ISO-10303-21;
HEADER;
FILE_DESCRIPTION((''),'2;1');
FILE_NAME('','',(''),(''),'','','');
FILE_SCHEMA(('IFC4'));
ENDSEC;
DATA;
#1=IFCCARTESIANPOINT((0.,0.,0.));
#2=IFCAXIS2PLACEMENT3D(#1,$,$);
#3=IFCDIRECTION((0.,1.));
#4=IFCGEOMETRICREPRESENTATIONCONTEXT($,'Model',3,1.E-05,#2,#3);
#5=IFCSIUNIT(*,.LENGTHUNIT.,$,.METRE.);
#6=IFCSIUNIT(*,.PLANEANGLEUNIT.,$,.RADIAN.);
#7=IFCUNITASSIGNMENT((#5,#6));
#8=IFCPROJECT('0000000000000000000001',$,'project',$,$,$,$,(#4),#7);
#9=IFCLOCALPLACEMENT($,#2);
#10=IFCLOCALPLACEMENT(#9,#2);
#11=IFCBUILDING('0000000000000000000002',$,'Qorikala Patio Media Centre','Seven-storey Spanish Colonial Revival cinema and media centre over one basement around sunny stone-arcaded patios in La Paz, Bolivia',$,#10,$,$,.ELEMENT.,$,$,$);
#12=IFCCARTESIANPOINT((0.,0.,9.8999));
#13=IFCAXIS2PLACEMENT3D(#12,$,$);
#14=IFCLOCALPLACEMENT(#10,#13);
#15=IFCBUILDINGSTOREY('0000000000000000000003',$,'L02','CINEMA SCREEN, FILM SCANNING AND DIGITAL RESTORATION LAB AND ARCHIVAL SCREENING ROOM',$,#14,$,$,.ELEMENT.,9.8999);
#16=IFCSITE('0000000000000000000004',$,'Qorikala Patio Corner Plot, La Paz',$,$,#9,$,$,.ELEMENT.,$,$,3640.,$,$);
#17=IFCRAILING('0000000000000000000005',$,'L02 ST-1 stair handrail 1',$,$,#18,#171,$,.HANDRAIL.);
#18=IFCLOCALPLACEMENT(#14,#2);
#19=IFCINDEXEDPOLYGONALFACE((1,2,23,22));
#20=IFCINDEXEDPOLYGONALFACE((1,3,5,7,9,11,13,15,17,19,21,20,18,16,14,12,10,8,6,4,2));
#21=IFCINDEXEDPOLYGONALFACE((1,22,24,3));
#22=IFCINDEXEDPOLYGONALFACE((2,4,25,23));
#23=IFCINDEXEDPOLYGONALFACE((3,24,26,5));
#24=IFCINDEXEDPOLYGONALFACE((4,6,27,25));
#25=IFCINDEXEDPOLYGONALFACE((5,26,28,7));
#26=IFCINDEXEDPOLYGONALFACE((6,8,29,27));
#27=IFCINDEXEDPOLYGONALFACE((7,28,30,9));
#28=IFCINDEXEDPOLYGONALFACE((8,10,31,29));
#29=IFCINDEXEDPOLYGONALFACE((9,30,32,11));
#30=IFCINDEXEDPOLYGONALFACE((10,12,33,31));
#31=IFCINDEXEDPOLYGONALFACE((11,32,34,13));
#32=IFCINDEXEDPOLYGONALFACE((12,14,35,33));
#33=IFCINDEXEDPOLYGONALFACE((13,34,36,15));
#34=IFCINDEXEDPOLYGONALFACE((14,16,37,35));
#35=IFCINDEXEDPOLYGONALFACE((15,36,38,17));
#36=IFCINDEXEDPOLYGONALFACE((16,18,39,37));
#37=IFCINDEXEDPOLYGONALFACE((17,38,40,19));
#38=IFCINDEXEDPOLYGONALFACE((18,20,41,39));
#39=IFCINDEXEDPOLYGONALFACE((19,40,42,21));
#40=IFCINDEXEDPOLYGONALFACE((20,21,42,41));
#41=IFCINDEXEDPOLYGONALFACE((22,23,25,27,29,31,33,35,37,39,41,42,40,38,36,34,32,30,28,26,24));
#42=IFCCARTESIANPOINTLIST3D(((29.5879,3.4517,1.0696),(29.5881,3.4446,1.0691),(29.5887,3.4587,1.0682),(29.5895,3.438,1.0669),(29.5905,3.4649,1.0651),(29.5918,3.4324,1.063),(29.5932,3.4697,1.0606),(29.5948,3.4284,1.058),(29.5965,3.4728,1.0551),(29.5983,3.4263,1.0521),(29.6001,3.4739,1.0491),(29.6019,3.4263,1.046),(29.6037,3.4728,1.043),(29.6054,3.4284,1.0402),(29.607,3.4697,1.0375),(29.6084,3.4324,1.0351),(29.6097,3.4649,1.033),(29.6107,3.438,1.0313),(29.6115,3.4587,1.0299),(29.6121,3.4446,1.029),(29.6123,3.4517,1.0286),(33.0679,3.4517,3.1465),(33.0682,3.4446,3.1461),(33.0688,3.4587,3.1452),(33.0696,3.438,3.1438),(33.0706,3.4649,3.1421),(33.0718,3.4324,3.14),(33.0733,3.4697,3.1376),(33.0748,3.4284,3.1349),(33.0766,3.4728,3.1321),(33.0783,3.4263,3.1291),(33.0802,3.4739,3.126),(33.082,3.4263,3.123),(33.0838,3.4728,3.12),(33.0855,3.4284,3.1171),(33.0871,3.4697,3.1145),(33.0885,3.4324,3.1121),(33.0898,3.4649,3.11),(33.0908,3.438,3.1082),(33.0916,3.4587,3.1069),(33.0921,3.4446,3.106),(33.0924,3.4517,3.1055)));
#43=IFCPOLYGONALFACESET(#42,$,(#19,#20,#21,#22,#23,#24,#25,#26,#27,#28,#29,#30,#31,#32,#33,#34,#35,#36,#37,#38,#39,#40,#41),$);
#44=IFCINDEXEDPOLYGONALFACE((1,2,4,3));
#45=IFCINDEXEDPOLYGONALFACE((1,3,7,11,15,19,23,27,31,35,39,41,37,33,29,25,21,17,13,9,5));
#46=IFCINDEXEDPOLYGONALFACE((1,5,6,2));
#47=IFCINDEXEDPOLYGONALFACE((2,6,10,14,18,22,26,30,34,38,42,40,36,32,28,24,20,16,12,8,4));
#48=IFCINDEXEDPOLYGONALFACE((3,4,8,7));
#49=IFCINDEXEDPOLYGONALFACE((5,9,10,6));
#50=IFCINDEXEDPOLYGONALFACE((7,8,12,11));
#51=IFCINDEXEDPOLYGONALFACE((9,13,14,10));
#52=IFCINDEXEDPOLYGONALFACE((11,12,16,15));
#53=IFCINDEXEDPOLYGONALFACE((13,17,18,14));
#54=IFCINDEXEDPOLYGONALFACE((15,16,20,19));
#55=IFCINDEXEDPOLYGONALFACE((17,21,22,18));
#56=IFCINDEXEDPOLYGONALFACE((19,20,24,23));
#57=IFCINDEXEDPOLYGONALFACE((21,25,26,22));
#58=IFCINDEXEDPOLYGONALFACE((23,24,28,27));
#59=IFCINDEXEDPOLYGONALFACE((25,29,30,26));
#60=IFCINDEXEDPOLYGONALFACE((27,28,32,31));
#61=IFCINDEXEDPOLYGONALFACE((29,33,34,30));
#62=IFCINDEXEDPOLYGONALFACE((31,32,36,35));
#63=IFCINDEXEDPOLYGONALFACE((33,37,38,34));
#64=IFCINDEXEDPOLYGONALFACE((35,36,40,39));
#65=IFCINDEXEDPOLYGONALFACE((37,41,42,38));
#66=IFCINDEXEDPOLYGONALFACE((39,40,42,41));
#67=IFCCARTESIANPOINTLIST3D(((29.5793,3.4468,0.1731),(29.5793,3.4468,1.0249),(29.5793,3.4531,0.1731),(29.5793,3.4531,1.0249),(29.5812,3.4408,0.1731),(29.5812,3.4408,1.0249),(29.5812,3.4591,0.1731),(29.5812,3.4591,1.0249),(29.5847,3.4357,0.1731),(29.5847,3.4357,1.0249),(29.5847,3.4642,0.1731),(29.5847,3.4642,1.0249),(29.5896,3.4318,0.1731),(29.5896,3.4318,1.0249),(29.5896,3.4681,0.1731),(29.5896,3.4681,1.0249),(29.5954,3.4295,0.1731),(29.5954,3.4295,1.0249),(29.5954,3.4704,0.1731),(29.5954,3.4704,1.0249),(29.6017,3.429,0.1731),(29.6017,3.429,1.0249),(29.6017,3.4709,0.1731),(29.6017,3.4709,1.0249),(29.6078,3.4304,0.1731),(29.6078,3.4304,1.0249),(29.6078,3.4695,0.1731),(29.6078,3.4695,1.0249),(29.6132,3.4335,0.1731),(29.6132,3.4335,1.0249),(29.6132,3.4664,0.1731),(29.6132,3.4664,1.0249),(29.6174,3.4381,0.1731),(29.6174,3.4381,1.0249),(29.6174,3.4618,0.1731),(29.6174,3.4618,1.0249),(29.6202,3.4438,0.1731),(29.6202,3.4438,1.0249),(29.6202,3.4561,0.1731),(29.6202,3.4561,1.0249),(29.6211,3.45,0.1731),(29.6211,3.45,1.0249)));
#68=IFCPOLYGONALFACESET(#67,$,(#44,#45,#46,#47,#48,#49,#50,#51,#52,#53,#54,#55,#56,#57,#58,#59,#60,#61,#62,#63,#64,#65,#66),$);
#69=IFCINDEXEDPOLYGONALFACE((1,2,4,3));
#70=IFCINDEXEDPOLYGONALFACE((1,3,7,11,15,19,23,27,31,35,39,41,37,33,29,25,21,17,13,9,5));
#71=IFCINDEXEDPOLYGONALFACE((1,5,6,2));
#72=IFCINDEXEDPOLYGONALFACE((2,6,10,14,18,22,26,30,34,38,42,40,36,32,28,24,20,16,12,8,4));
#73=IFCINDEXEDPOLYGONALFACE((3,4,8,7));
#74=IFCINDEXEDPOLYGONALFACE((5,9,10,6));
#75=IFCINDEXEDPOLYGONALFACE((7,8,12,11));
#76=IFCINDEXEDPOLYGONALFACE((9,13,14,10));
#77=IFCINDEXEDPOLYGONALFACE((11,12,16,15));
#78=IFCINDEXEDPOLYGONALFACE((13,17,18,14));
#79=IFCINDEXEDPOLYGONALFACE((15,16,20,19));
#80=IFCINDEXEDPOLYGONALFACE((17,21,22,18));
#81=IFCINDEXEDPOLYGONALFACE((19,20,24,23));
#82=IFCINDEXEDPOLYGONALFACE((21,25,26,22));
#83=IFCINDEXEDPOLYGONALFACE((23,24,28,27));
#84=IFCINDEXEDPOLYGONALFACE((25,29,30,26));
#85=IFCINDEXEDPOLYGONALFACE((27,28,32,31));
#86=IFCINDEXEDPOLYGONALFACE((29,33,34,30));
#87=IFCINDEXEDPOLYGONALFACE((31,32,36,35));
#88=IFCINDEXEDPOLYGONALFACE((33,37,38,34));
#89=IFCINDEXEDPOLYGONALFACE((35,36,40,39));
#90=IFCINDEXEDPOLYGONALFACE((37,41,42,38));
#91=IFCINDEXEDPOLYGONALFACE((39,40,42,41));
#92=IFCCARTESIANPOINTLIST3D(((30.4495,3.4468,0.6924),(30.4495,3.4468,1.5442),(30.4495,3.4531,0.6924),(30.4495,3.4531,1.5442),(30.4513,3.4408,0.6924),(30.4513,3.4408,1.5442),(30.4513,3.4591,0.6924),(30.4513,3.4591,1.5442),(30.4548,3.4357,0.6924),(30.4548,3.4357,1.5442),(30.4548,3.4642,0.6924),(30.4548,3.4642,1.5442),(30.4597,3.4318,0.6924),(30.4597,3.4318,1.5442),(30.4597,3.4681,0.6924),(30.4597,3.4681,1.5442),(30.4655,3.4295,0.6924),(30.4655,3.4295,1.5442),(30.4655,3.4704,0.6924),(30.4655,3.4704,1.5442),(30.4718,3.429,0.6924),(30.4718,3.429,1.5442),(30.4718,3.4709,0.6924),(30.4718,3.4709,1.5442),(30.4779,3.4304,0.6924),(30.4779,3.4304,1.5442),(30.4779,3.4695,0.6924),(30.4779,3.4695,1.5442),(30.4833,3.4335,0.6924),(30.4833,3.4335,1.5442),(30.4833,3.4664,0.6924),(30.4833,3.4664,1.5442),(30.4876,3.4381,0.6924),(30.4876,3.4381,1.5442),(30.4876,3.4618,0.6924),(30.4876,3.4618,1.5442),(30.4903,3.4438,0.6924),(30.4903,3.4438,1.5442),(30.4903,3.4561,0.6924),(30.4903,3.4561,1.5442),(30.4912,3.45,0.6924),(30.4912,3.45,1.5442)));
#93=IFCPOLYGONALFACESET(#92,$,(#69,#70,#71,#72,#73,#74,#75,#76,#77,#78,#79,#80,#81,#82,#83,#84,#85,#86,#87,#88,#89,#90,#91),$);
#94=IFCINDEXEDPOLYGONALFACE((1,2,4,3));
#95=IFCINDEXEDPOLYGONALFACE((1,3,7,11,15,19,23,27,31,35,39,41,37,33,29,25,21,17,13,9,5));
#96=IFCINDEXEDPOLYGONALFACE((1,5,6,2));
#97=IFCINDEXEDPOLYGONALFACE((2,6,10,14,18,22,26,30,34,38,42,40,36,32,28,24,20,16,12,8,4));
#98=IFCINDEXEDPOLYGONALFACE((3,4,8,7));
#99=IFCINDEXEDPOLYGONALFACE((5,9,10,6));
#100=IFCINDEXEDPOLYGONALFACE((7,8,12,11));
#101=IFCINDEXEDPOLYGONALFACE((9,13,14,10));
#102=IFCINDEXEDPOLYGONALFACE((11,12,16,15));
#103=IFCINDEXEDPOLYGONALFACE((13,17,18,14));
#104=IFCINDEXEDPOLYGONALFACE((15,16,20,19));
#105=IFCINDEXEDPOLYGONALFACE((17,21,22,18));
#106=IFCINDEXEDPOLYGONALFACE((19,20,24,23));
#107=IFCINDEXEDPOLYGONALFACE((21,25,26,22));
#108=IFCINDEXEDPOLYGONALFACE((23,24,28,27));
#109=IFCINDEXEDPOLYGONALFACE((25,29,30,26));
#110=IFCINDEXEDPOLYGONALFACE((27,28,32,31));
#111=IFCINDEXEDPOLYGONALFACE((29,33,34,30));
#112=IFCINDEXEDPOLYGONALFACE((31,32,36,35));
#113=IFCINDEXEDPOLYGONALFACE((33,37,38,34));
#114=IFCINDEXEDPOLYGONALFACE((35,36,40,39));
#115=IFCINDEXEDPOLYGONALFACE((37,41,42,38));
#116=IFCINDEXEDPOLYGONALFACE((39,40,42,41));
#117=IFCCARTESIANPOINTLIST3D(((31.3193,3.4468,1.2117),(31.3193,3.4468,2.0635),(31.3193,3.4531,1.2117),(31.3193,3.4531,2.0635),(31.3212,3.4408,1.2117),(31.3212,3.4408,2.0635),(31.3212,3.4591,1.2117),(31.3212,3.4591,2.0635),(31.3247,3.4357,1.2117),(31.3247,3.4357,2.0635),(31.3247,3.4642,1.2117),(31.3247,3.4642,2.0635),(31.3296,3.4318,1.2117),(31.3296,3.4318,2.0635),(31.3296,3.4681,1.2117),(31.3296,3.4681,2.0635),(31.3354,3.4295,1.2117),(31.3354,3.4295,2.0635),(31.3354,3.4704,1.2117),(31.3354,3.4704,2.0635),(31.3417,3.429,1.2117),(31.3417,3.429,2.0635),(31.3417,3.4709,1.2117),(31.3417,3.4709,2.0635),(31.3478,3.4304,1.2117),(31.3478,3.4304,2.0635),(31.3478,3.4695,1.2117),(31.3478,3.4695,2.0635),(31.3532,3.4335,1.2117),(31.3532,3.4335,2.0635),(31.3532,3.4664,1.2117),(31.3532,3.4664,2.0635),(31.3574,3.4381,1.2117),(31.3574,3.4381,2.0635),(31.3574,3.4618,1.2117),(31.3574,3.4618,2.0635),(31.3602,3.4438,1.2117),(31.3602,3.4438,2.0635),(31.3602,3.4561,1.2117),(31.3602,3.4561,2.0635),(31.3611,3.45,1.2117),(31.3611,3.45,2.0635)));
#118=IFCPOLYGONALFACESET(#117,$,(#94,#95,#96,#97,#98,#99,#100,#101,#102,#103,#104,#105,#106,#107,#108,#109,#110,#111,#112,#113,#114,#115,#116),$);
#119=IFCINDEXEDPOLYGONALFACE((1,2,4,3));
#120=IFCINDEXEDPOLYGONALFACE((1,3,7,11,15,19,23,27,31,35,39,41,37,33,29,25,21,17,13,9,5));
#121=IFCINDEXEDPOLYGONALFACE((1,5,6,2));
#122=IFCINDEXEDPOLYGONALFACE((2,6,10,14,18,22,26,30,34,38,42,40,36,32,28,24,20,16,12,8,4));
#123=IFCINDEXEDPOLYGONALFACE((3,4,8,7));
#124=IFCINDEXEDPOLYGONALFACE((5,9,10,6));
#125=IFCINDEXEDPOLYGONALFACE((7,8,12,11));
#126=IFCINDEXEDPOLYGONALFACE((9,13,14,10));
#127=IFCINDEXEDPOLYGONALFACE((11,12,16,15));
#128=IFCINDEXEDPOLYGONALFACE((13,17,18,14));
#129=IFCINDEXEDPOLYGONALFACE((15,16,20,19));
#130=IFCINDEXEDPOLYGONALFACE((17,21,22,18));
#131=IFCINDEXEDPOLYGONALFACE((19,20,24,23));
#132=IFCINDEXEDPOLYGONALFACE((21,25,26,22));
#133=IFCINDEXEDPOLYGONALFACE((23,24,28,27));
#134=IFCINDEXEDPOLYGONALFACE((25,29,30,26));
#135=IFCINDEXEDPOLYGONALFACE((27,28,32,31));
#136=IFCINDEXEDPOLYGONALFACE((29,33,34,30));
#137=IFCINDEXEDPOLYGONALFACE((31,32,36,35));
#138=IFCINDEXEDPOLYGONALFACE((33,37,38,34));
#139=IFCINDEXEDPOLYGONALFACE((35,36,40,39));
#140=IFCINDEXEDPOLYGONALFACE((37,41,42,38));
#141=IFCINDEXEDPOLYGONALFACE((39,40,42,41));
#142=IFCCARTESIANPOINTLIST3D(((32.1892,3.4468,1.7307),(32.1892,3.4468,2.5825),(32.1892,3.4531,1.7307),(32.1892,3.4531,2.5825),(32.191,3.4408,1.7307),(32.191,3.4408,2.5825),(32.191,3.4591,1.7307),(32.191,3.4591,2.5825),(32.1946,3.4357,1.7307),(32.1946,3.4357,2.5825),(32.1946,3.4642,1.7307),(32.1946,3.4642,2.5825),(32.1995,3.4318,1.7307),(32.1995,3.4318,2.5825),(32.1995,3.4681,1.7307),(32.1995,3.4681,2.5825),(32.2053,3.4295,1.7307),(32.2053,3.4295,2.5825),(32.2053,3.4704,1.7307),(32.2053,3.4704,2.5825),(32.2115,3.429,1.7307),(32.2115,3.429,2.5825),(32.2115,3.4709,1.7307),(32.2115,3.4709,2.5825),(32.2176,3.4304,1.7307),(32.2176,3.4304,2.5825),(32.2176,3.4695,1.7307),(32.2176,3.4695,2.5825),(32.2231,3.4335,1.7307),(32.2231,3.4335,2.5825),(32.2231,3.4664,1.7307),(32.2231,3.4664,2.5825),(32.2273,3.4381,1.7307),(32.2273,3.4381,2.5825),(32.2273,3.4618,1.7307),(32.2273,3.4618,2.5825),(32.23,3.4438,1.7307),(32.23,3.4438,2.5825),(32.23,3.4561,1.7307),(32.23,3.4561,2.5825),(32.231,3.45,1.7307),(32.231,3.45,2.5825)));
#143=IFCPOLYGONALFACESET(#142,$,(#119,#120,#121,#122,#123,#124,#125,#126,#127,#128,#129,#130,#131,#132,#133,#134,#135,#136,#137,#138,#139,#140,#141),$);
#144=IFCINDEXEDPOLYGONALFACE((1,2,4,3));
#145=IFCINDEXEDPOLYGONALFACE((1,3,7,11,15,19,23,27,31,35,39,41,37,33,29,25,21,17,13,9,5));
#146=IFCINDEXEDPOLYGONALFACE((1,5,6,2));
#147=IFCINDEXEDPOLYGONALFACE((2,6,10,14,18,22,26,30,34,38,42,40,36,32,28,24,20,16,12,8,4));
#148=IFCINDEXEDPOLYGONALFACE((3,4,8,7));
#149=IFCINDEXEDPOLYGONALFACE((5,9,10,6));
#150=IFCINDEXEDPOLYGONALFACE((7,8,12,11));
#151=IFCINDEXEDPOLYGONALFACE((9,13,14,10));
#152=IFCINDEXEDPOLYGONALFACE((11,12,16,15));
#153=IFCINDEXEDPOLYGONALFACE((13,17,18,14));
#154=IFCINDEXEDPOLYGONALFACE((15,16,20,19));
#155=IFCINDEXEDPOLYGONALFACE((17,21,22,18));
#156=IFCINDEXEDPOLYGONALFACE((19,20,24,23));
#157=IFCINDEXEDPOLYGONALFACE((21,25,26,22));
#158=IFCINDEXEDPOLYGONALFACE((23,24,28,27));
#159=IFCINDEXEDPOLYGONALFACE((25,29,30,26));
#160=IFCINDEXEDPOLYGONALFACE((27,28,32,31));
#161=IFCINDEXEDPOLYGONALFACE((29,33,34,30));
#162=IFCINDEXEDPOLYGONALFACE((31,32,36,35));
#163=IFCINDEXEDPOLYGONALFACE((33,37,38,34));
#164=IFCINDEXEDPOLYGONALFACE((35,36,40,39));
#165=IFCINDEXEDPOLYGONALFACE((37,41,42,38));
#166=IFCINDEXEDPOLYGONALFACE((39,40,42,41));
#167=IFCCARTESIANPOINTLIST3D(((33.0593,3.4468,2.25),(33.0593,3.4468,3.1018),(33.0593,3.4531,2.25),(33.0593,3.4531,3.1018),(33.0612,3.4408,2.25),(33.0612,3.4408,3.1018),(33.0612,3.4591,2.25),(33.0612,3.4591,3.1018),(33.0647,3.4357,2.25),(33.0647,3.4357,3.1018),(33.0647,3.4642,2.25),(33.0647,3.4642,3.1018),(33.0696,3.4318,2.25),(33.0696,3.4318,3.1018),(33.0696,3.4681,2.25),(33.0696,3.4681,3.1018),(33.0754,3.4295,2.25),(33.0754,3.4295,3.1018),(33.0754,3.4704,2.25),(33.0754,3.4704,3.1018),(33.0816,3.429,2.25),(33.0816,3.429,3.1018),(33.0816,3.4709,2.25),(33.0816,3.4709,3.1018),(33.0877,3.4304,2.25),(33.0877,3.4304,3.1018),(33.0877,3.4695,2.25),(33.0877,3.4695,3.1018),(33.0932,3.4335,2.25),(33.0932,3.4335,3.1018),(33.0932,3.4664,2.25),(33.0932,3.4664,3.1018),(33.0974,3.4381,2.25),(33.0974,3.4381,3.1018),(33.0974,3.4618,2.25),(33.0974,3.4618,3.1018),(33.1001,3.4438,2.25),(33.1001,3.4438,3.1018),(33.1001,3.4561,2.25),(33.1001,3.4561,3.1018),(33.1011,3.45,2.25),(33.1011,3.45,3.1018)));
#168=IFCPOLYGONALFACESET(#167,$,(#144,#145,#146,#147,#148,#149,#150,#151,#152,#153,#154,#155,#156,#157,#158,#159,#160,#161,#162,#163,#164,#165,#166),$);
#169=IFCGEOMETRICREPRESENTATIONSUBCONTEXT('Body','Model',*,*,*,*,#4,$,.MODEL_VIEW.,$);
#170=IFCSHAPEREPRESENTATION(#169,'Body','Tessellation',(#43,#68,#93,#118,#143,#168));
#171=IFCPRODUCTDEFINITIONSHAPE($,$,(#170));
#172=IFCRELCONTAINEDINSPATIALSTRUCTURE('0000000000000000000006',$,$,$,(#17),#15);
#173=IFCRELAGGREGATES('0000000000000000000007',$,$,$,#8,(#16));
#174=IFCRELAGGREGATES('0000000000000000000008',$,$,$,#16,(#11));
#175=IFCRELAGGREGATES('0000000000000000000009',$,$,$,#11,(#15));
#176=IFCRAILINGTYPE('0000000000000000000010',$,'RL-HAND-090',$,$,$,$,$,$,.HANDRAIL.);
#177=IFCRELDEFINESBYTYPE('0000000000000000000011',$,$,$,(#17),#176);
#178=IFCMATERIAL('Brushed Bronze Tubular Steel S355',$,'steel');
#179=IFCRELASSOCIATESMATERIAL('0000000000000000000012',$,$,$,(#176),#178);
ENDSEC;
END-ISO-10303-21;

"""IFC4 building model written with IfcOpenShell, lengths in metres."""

from ifc_helpers import new_model, si_unit, direction, frame, origin, origin_2d, place, context, subcontext, project, spatial, circle, extrude, material, type_object, element, save


model = new_model("IFC4")

# Units and contexts
model_context = context("Model", 3, precision=1e-05, world=origin(), true_north=direction((0.0, 1.0)))
body_context = subcontext(model_context, "Body", "Model", "MODEL_VIEW")
ifc_project = project(units=[si_unit("LENGTHUNIT", "METRE"), si_unit("PLANEANGLEUNIT", "RADIAN")], contexts=[model_context])

# Site, building, storey
site_placement = place(None, origin())
site = spatial("IfcSite", under=ifc_project, at=site_placement, Name="Qorikala Patio Corner Plot, La Paz", CompositionType="ELEMENT", RefElevation=3640.0)
building_placement = place(site_placement, origin())
building = spatial("IfcBuilding", under=site, at=building_placement, Name="Qorikala Patio Media Centre", Description="Seven-storey Spanish Colonial Revival cinema and media centre over one basement around sunny stone-arcaded patios in La Paz, Bolivia", CompositionType="ELEMENT")
storey_placement = place(building_placement, frame((0.0, 0.0, 9.8999)))
storey = spatial("IfcBuildingStorey", under=building, at=storey_placement, Name="L02", Description="CINEMA SCREEN, FILM SCANNING AND DIGITAL RESTORATION LAB AND ARCHIVAL SCREENING ROOM", CompositionType="ELEMENT", Elevation=9.8999)

# Railing
ifc_material_1 = material(Name="Brushed Bronze Tubular Steel S355", Category="steel")
railing_type_1 = type_object("IfcRailingType", Name="RL-HAND-090", PredefinedType="HANDRAIL", material=ifc_material_1)
railing_1_placement = place(storey_placement, frame((29.6001, 3.45, 0.1731)))
element("IfcRailing", 1, at=railing_1_placement, inside=storey, type_object=railing_type_1, Name="L02 ST-1 stair handrail 1", PredefinedType="HANDRAIL", context=body_context, shape_type="SweptSolid", body=[
    extrude(circle(Radius=0.0239, at=origin_2d()), frame((0.0, 0.0, 0.876), z_axis=(0.858697, 0.0, 0.512483), x_axis=(0.0, 1.0, 0.0)), (0.0, 0.0, 1.0), 4.0527),
    extrude(circle(Radius=0.021, at=origin_2d()), origin(), (0.0, 0.0, 1.0), 0.8518),
    extrude(circle(Radius=0.021, at=origin_2d()), frame((0.8701, 0.0, 0.5193)), (0.0, 0.0, 1.0), 0.8518),
    extrude(circle(Radius=0.021, at=origin_2d()), frame((1.74, 0.0, 1.0386)), (0.0, 0.0, 1.0), 0.8518),
    extrude(circle(Radius=0.021, at=origin_2d()), frame((2.6099, 0.0, 1.5576)), (0.0, 0.0, 1.0), 0.8518),
    extrude(circle(Radius=0.021, at=origin_2d()), frame((3.48, 0.0, 2.0769)), (0.0, 0.0, 1.0), 0.8518),
])

save(model, "model.ifc")
